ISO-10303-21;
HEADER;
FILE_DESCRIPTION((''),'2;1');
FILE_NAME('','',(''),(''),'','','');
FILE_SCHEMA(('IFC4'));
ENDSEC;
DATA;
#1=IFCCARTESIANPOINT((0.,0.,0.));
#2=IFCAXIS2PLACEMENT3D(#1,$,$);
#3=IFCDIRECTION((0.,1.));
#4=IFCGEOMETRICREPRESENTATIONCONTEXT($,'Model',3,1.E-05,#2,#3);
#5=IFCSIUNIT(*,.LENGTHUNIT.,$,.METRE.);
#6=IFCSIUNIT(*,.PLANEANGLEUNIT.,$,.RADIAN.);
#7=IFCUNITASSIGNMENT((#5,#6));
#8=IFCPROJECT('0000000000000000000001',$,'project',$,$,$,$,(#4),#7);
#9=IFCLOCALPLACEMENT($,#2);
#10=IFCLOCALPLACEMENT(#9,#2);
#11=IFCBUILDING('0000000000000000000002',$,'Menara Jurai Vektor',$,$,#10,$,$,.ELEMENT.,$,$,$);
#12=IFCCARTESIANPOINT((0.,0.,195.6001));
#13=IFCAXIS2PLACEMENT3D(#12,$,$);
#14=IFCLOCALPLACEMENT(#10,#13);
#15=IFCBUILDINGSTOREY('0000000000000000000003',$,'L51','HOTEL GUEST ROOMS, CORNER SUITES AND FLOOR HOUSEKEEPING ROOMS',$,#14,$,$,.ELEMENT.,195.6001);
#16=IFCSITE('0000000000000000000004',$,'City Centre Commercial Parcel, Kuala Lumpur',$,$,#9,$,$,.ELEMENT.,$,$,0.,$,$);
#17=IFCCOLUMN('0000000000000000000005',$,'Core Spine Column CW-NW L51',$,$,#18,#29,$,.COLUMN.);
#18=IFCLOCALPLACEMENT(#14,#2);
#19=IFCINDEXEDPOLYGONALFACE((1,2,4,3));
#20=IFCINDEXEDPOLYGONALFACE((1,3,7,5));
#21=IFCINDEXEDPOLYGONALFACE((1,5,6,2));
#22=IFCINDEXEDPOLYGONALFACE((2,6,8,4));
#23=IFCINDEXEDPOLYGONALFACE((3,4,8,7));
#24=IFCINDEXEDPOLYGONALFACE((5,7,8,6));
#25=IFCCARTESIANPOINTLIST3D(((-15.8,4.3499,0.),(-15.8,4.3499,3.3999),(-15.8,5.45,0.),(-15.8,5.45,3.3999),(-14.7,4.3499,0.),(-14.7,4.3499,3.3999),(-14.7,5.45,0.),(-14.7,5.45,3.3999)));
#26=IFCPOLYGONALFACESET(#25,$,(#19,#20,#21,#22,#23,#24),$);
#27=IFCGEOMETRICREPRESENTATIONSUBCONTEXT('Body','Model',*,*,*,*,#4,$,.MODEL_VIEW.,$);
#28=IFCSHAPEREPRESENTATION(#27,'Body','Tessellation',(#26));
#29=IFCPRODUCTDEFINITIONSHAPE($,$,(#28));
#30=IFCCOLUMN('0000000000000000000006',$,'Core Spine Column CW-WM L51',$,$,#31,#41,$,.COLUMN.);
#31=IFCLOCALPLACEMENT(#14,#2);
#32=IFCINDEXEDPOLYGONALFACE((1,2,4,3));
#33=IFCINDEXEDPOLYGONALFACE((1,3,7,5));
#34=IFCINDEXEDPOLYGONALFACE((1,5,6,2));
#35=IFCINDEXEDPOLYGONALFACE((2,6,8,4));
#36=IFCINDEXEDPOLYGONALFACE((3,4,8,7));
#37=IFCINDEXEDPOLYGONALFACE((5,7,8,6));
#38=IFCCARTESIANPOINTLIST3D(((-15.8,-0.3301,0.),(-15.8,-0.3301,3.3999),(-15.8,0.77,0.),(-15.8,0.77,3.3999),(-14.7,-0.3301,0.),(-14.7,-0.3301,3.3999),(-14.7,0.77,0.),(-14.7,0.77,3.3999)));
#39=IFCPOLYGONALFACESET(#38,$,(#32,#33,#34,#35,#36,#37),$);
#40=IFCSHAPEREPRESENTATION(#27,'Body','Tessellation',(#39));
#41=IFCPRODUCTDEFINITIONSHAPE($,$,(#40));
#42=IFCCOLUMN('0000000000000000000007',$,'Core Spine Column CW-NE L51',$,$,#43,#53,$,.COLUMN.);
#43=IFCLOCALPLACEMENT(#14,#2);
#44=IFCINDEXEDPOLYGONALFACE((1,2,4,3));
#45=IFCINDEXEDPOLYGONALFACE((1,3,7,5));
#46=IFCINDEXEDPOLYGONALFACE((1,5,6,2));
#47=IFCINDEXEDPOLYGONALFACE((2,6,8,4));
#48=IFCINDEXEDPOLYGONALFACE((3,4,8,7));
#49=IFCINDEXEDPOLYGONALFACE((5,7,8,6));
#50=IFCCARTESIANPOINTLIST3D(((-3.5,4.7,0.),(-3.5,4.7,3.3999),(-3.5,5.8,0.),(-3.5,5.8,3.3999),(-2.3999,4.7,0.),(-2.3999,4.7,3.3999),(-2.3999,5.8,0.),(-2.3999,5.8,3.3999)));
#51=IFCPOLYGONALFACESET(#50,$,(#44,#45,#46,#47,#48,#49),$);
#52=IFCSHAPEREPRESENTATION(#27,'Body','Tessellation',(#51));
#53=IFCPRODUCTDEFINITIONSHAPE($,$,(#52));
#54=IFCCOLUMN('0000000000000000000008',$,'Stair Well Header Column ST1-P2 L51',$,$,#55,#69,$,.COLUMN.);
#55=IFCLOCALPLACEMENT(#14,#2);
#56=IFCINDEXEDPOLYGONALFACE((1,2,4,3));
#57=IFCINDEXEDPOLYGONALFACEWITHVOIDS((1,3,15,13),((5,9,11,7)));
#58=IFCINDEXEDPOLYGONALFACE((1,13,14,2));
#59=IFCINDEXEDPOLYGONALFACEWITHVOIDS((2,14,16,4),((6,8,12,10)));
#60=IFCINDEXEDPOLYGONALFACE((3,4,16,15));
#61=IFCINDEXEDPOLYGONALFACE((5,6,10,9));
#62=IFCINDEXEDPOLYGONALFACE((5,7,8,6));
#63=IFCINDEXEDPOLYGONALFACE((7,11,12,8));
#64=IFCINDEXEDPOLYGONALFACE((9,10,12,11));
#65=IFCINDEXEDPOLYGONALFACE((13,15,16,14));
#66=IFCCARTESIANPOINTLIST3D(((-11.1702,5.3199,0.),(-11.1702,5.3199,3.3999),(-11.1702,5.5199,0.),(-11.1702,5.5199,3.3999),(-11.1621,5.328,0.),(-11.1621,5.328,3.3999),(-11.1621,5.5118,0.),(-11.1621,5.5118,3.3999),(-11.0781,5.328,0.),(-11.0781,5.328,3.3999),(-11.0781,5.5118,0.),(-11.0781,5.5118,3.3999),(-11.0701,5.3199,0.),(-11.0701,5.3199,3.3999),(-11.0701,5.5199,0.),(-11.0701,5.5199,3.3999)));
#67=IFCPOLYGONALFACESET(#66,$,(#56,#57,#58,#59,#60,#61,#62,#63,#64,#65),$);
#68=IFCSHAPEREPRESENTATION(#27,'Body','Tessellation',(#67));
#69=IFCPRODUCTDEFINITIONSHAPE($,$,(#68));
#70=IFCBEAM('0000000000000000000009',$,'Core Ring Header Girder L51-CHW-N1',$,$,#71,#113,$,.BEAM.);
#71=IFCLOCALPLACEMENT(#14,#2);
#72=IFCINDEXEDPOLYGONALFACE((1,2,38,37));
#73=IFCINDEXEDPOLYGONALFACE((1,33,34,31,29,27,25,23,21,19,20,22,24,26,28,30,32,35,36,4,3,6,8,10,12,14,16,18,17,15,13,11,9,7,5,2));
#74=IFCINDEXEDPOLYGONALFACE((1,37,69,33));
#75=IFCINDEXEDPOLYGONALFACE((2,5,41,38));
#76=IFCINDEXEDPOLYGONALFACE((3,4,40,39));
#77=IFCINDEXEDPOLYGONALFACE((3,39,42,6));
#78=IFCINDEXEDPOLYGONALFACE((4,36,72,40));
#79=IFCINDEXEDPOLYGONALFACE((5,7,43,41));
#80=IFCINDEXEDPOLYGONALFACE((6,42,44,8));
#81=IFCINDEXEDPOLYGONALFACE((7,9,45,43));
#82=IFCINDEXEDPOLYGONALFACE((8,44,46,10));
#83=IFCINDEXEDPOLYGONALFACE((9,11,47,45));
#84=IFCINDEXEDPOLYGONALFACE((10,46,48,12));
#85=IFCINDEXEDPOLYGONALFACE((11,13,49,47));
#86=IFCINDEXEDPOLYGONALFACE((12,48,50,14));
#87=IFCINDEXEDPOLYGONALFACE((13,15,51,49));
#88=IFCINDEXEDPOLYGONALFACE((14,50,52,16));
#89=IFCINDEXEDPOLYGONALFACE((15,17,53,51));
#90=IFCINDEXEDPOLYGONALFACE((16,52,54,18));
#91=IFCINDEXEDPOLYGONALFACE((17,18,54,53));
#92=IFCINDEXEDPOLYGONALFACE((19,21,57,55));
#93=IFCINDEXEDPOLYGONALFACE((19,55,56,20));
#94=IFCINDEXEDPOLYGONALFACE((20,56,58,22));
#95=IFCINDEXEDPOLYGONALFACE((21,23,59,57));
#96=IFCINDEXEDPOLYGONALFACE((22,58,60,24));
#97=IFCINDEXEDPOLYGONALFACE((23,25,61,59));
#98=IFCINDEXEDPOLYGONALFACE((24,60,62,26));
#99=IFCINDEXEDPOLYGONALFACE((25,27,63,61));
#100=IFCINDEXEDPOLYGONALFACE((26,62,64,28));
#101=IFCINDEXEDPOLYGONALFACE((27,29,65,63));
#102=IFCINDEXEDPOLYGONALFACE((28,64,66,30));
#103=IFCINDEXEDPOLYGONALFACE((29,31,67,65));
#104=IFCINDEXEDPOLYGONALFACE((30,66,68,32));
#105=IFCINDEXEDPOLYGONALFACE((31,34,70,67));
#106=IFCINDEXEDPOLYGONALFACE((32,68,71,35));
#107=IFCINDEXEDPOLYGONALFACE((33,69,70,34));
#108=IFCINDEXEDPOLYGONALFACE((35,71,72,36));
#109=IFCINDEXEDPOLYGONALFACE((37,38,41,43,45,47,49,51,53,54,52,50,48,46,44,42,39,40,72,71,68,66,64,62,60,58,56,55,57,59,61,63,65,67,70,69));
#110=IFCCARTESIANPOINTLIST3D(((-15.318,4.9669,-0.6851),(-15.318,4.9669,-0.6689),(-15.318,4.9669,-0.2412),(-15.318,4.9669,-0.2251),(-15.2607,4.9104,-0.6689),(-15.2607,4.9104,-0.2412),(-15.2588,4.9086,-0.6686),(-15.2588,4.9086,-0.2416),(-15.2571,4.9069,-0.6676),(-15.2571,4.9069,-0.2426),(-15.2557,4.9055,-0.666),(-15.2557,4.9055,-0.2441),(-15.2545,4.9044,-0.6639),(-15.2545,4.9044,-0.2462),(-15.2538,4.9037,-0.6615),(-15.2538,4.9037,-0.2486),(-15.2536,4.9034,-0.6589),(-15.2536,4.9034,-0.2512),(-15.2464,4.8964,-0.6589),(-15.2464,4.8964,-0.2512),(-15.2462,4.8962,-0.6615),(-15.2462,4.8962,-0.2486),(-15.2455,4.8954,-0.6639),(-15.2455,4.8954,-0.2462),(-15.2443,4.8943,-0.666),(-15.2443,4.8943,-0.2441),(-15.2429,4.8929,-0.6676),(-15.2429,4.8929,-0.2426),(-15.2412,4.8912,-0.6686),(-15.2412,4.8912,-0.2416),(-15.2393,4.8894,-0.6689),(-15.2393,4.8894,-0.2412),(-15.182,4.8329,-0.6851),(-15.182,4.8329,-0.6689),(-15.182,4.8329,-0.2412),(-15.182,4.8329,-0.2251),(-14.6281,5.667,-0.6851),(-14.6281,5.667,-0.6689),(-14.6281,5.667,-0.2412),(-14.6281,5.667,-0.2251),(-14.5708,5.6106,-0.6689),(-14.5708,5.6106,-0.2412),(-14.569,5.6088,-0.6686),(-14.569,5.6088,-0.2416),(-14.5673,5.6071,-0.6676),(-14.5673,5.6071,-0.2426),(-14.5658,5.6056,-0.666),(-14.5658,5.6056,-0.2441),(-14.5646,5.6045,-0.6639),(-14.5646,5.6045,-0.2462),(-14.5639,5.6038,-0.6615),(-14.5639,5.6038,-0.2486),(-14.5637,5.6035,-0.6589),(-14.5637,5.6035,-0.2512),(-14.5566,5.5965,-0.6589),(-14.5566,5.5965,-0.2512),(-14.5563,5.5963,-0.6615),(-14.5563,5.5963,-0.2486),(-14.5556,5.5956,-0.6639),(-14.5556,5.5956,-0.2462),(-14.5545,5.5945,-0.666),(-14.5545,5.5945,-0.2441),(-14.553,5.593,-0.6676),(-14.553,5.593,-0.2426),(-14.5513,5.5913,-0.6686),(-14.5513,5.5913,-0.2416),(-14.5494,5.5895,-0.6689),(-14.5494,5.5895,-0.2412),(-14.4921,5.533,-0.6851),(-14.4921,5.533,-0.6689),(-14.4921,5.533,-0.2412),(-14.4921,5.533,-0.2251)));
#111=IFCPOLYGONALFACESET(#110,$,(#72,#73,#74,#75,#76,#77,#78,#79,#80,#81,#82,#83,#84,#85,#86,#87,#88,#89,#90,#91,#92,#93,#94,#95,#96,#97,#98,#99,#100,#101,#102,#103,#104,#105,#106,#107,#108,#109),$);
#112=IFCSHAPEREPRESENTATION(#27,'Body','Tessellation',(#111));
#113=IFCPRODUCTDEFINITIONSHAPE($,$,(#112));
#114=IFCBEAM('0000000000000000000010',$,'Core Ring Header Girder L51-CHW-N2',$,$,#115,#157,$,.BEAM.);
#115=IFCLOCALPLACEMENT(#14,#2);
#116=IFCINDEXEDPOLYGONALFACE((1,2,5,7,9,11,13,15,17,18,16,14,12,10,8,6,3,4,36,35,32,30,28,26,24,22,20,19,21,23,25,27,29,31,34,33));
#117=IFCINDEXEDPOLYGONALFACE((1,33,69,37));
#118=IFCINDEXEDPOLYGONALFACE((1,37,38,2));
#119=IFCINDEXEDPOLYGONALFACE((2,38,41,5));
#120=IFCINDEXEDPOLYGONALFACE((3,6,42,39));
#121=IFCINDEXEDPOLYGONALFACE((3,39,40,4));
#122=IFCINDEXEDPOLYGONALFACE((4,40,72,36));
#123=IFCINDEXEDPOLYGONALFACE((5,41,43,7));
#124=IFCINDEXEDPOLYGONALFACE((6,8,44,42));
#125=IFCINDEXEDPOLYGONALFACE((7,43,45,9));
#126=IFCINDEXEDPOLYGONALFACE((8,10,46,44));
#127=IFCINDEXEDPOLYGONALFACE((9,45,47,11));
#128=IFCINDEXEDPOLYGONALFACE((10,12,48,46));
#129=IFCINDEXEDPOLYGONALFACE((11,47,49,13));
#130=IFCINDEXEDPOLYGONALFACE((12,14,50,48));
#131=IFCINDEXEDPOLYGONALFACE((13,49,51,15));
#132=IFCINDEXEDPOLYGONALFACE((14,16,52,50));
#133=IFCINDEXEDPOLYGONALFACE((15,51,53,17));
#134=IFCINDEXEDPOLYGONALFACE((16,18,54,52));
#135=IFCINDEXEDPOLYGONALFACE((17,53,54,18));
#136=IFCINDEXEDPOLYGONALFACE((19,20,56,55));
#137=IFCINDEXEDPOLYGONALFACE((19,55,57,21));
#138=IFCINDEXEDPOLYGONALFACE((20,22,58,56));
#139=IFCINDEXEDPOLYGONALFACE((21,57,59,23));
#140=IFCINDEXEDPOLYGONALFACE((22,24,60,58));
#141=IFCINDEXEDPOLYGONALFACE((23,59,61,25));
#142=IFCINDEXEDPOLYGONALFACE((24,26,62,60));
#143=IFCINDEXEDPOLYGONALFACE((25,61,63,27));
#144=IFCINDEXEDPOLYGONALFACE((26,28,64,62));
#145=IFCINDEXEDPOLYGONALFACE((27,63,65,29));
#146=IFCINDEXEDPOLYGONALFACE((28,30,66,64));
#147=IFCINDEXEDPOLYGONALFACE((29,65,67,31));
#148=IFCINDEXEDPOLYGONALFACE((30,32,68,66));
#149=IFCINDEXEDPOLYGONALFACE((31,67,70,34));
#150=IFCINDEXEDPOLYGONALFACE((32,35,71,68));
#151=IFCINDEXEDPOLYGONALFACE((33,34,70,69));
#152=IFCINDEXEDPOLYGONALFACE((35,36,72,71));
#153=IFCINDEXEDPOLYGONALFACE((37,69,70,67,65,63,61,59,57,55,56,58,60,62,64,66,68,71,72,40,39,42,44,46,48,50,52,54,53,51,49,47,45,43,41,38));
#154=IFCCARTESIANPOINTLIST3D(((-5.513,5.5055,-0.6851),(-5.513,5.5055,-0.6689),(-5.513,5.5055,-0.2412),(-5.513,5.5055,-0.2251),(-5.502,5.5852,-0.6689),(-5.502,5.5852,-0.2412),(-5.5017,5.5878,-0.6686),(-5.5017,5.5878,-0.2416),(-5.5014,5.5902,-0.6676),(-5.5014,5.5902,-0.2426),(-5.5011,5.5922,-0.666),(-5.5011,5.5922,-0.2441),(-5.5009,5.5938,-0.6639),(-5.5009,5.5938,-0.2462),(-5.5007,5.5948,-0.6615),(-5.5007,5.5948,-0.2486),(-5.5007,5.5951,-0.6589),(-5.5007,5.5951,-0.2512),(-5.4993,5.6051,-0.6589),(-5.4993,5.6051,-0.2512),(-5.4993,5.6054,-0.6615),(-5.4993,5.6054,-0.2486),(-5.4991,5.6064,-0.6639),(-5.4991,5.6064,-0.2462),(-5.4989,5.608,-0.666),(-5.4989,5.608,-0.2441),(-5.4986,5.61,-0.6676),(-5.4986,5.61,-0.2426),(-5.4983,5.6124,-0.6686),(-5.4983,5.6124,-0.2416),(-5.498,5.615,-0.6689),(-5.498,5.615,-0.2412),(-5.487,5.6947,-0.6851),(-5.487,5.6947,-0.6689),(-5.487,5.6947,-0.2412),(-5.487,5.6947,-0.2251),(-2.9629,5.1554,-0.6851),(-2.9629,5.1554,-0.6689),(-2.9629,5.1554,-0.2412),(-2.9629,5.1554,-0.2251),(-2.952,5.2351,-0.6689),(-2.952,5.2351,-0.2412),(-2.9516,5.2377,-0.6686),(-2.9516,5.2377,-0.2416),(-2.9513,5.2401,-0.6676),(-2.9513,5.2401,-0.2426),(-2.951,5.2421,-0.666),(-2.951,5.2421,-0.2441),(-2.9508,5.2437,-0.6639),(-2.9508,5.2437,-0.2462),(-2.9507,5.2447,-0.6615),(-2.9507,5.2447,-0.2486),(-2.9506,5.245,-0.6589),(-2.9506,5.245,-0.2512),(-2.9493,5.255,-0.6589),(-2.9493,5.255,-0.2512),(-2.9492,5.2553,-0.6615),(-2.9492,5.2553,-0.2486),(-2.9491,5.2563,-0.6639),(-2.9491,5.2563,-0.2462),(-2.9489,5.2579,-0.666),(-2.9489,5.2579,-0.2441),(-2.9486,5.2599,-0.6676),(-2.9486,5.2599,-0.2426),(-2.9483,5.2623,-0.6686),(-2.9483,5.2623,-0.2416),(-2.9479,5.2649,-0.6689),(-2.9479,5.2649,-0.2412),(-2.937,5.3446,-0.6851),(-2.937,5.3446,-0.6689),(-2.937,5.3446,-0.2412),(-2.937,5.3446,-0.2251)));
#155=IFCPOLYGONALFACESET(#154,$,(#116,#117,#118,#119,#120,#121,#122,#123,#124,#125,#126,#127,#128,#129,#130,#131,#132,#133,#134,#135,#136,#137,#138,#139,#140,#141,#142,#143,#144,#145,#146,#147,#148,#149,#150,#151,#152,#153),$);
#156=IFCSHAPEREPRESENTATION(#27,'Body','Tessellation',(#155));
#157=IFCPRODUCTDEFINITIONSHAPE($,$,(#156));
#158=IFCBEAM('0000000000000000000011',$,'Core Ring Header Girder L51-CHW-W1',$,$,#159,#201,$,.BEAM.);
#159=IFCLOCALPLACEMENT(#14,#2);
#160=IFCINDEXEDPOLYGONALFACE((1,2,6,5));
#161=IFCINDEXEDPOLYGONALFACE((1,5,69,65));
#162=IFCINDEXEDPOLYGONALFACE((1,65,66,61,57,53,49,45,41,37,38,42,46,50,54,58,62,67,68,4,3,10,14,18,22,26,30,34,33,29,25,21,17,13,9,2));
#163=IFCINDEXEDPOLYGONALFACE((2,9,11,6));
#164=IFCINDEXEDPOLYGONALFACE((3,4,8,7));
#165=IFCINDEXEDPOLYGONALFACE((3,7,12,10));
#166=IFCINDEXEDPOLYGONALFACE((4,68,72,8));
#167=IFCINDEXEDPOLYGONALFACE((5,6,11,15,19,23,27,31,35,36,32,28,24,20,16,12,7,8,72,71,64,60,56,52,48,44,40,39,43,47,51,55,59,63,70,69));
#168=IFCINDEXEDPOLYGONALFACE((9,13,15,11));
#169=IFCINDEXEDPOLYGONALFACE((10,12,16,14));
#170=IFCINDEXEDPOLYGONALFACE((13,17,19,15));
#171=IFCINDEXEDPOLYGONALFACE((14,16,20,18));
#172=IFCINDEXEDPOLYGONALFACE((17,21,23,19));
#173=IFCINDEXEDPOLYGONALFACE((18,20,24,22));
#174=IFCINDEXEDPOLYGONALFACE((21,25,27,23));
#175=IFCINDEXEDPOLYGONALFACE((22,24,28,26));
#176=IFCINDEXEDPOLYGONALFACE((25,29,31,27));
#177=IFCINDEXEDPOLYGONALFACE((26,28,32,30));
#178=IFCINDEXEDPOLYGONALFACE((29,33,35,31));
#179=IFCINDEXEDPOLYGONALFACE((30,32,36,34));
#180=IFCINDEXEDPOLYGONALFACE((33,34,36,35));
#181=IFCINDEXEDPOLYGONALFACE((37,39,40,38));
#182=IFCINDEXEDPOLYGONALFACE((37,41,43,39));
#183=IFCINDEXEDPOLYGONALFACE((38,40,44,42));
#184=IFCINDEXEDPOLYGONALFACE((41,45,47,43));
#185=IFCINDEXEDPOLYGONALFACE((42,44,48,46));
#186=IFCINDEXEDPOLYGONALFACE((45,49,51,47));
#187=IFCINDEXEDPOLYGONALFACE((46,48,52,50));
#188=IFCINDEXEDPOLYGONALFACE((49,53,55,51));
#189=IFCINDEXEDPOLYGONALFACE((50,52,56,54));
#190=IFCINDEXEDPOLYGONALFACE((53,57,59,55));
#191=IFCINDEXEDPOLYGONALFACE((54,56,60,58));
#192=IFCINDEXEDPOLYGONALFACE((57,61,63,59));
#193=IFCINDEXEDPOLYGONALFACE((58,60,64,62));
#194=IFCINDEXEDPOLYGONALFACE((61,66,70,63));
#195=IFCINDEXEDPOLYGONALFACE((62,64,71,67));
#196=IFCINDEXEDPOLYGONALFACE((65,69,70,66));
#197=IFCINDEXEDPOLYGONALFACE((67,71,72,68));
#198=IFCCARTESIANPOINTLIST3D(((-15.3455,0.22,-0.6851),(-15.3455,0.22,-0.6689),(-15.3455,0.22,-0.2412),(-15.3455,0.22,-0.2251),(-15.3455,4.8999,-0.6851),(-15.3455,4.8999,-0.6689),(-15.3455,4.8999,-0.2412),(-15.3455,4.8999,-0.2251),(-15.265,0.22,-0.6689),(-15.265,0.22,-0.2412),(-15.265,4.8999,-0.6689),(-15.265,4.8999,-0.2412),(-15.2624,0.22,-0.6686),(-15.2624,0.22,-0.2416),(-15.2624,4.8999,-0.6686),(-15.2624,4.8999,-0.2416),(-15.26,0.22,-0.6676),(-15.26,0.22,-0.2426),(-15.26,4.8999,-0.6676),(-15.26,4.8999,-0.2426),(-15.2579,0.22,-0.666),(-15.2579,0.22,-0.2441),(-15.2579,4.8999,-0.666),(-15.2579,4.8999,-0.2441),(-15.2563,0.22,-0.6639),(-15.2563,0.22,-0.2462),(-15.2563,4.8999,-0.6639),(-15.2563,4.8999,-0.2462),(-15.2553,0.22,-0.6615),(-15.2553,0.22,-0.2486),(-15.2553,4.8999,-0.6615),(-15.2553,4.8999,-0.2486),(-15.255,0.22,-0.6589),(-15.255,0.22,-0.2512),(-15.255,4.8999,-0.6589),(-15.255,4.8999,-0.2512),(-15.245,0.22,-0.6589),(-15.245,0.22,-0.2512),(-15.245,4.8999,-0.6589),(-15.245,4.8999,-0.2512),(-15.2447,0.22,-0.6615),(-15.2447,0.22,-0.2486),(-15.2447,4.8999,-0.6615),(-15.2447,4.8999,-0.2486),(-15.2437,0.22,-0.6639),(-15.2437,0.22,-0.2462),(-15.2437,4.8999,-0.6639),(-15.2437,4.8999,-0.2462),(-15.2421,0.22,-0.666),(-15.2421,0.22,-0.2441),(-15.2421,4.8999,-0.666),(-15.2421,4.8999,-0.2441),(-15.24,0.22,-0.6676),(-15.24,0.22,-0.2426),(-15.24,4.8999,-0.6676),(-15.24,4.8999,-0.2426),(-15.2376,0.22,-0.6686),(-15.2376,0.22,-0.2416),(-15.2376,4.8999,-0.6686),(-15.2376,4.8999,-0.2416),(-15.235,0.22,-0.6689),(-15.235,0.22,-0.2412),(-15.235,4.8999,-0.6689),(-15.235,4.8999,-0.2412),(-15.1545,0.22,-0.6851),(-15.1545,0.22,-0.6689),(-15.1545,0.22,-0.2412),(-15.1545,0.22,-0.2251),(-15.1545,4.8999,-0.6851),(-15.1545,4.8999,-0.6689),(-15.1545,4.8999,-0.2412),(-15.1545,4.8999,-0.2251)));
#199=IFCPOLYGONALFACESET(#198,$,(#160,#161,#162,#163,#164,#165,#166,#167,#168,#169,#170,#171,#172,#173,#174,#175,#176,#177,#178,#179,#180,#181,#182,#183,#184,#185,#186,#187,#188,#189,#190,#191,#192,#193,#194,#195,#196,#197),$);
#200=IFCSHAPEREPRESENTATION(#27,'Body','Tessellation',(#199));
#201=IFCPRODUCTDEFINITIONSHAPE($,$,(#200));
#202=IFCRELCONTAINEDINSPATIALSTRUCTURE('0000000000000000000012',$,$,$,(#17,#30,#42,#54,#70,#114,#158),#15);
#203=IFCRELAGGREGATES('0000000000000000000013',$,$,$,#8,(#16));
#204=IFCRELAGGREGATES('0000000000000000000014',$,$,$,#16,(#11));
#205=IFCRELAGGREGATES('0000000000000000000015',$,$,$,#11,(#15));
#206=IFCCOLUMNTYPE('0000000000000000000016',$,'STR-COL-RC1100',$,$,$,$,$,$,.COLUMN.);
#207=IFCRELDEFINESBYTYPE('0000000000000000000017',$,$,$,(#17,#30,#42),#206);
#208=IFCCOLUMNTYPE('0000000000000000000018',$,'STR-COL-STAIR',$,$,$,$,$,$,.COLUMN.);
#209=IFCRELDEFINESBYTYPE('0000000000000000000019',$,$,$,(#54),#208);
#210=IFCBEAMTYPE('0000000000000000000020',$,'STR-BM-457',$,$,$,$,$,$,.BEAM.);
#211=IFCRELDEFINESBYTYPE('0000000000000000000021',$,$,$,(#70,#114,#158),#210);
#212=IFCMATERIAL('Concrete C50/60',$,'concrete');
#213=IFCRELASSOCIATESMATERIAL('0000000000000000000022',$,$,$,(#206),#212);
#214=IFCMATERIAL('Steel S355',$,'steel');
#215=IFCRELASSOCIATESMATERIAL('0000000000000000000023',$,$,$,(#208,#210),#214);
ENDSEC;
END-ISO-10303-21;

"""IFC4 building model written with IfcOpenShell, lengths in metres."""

from ifc_helpers import new_model, si_unit, direction, frame, origin, origin_2d, place, context, subcontext, project, spatial, rectangle, hollow_rectangle, i_section, extrude, material, material_profile, profile_set, type_object, element, save


model = new_model("IFC4")

# Units and contexts
model_context = context("Model", 3, precision=1e-05, world=origin(), true_north=direction((0.0, 1.0)))
body_context = subcontext(model_context, "Body", "Model", "MODEL_VIEW")
ifc_project = project(units=[si_unit("LENGTHUNIT", "METRE"), si_unit("PLANEANGLEUNIT", "RADIAN")], contexts=[model_context])

# Site, building, storey
site_placement = place(None, origin())
site = spatial("IfcSite", under=ifc_project, at=site_placement, Name="City Centre Commercial Parcel, Kuala Lumpur", CompositionType="ELEMENT", RefElevation=0.0)
building_placement = place(site_placement, origin())
building = spatial("IfcBuilding", under=site, at=building_placement, Name="Menara Jurai Vektor", CompositionType="ELEMENT")
storey_placement = place(building_placement, frame((0.0, 0.0, 195.6001)))
storey = spatial("IfcBuildingStorey", under=building, at=storey_placement, Name="L51", Description="HOTEL GUEST ROOMS, CORNER SUITES AND FLOOR HOUSEKEEPING ROOMS", CompositionType="ELEMENT", Elevation=195.6001)

# Columns
ifc_material_1 = material(Name="Concrete C50/60", Category="concrete")
ifc_material_profile_1 = material_profile(ifc_material_1, rectangle(XDim=1.1001, YDim=1.1001, at=origin_2d()), Name="RC 1100x1100")
ifc_profile_set_1 = profile_set([ifc_material_profile_1], Name="Concrete C50/60")
column_type_1 = type_object("IfcColumnType", Name="STR-COL-RC1100", PredefinedType="COLUMN", material=ifc_profile_set_1)
for number, where, z_axis, x_axis, name in (
    (1, (-15.25, 4.8999, 0.0), (0.0, 0.0, 1.0), (1.0, 0.0, 0.0), "Core Spine Column CW-NW L51"),
    (2, (-15.25, 0.22, 0.0), (0.0, 0.0, 1.0), (1.0, 0.0, 0.0), "Core Spine Column CW-WM L51"),
    (3, (-2.95, 5.25, 0.0), (0.0, 0.0, 1.0), (1.0, 0.0, 0.0), "Core Spine Column CW-NE L51"),
):
    element("IfcColumn", number, at=place(storey_placement, frame(where, z_axis=z_axis, x_axis=x_axis)), inside=storey, type_object=column_type_1, Name=name, PredefinedType="COLUMN", context=body_context, shape_type="SweptSolid", body=[
        extrude(rectangle(XDim=1.1001, YDim=1.1001, at=origin_2d()), origin(), (0.0, 0.0, 1.0), 3.3999),
    ])
ifc_material_2 = material(Name="Steel S355", Category="steel")
ifc_material_profile_2 = material_profile(ifc_material_2, hollow_rectangle(XDim=0.1001, YDim=0.2, WallThickness=0.0081, at=origin_2d()), Name="RHS 200x100x8")
ifc_profile_set_2 = profile_set([ifc_material_profile_2], Name="Steel S355")
column_type_2 = type_object("IfcColumnType", Name="STR-COL-STAIR", PredefinedType="COLUMN", material=ifc_profile_set_2)
column_placement = place(storey_placement, frame((-11.1201, 5.4199, 0.0), z_axis=(0.0, 0.0, 1.0), x_axis=(1.0, 0.0, 0.0)))
element("IfcColumn", 4, at=column_placement, inside=storey, type_object=column_type_2, Name="Stair Well Header Column ST1-P2 L51", PredefinedType="COLUMN", context=body_context, shape_type="SweptSolid", body=[
    extrude(hollow_rectangle(XDim=0.1001, YDim=0.2, WallThickness=0.0081, at=origin_2d()), origin(), (0.0, 0.0, 1.0), 3.3999),
])

# Beams
ifc_material_profile_3 = material_profile(ifc_material_2, i_section(OverallWidth=0.1909, OverallDepth=0.46, WebThickness=0.01, FlangeThickness=0.0161, FilletRadius=0.01, at=origin_2d()), Name="UKB 457x191x82")
ifc_profile_set_3 = profile_set([ifc_material_profile_3], Name="Steel S355")
beam_type_1 = type_object("IfcBeamType", Name="STR-BM-457", PredefinedType="BEAM", material=ifc_profile_set_3)
beam_1_placement = place(storey_placement, frame((-15.25, 4.8999, -0.4551), z_axis=(0.701872, 0.712303, 0.0), x_axis=(-0.712303, 0.701872, 0.0)))
element("IfcBeam", 5, at=beam_1_placement, inside=storey, type_object=beam_type_1, Name="Core Ring Header Girder L51-CHW-N1", PredefinedType="BEAM", context=body_context, shape_type="SweptSolid", body=[
    extrude(i_section(OverallWidth=0.1909, OverallDepth=0.46, WebThickness=0.01, FlangeThickness=0.0161, FilletRadius=0.01, at=origin_2d()), origin(), (0.0, 0.0, 1.0), 0.9829),
])
beam_2_placement = place(storey_placement, frame((-5.5, 5.6001, -0.4551), z_axis=(0.990707, -0.136015, 0.0), x_axis=(0.136015, 0.990707, 0.0)))
element("IfcBeam", 6, at=beam_2_placement, inside=storey, type_object=beam_type_1, Name="Core Ring Header Girder L51-CHW-N2", PredefinedType="BEAM", context=body_context, shape_type="SweptSolid", body=[
    extrude(i_section(OverallWidth=0.1909, OverallDepth=0.46, WebThickness=0.01, FlangeThickness=0.0161, FilletRadius=0.01, at=origin_2d()), origin(), (0.0, 0.0, 1.0), 2.574),
])
beam_3_placement = place(storey_placement, frame((-15.25, 0.22, -0.4551), z_axis=(0.0, 1.0, 0.0), x_axis=(-1.0, 0.0, 0.0)))
element("IfcBeam", 7, at=beam_3_placement, inside=storey, type_object=beam_type_1, Name="Core Ring Header Girder L51-CHW-W1", PredefinedType="BEAM", context=body_context, shape_type="SweptSolid", body=[
    extrude(i_section(OverallWidth=0.1909, OverallDepth=0.46, WebThickness=0.01, FlangeThickness=0.0161, FilletRadius=0.01, at=origin_2d()), origin(), (0.0, 0.0, 1.0), 4.6799),
])

save(model, "model.ifc")
